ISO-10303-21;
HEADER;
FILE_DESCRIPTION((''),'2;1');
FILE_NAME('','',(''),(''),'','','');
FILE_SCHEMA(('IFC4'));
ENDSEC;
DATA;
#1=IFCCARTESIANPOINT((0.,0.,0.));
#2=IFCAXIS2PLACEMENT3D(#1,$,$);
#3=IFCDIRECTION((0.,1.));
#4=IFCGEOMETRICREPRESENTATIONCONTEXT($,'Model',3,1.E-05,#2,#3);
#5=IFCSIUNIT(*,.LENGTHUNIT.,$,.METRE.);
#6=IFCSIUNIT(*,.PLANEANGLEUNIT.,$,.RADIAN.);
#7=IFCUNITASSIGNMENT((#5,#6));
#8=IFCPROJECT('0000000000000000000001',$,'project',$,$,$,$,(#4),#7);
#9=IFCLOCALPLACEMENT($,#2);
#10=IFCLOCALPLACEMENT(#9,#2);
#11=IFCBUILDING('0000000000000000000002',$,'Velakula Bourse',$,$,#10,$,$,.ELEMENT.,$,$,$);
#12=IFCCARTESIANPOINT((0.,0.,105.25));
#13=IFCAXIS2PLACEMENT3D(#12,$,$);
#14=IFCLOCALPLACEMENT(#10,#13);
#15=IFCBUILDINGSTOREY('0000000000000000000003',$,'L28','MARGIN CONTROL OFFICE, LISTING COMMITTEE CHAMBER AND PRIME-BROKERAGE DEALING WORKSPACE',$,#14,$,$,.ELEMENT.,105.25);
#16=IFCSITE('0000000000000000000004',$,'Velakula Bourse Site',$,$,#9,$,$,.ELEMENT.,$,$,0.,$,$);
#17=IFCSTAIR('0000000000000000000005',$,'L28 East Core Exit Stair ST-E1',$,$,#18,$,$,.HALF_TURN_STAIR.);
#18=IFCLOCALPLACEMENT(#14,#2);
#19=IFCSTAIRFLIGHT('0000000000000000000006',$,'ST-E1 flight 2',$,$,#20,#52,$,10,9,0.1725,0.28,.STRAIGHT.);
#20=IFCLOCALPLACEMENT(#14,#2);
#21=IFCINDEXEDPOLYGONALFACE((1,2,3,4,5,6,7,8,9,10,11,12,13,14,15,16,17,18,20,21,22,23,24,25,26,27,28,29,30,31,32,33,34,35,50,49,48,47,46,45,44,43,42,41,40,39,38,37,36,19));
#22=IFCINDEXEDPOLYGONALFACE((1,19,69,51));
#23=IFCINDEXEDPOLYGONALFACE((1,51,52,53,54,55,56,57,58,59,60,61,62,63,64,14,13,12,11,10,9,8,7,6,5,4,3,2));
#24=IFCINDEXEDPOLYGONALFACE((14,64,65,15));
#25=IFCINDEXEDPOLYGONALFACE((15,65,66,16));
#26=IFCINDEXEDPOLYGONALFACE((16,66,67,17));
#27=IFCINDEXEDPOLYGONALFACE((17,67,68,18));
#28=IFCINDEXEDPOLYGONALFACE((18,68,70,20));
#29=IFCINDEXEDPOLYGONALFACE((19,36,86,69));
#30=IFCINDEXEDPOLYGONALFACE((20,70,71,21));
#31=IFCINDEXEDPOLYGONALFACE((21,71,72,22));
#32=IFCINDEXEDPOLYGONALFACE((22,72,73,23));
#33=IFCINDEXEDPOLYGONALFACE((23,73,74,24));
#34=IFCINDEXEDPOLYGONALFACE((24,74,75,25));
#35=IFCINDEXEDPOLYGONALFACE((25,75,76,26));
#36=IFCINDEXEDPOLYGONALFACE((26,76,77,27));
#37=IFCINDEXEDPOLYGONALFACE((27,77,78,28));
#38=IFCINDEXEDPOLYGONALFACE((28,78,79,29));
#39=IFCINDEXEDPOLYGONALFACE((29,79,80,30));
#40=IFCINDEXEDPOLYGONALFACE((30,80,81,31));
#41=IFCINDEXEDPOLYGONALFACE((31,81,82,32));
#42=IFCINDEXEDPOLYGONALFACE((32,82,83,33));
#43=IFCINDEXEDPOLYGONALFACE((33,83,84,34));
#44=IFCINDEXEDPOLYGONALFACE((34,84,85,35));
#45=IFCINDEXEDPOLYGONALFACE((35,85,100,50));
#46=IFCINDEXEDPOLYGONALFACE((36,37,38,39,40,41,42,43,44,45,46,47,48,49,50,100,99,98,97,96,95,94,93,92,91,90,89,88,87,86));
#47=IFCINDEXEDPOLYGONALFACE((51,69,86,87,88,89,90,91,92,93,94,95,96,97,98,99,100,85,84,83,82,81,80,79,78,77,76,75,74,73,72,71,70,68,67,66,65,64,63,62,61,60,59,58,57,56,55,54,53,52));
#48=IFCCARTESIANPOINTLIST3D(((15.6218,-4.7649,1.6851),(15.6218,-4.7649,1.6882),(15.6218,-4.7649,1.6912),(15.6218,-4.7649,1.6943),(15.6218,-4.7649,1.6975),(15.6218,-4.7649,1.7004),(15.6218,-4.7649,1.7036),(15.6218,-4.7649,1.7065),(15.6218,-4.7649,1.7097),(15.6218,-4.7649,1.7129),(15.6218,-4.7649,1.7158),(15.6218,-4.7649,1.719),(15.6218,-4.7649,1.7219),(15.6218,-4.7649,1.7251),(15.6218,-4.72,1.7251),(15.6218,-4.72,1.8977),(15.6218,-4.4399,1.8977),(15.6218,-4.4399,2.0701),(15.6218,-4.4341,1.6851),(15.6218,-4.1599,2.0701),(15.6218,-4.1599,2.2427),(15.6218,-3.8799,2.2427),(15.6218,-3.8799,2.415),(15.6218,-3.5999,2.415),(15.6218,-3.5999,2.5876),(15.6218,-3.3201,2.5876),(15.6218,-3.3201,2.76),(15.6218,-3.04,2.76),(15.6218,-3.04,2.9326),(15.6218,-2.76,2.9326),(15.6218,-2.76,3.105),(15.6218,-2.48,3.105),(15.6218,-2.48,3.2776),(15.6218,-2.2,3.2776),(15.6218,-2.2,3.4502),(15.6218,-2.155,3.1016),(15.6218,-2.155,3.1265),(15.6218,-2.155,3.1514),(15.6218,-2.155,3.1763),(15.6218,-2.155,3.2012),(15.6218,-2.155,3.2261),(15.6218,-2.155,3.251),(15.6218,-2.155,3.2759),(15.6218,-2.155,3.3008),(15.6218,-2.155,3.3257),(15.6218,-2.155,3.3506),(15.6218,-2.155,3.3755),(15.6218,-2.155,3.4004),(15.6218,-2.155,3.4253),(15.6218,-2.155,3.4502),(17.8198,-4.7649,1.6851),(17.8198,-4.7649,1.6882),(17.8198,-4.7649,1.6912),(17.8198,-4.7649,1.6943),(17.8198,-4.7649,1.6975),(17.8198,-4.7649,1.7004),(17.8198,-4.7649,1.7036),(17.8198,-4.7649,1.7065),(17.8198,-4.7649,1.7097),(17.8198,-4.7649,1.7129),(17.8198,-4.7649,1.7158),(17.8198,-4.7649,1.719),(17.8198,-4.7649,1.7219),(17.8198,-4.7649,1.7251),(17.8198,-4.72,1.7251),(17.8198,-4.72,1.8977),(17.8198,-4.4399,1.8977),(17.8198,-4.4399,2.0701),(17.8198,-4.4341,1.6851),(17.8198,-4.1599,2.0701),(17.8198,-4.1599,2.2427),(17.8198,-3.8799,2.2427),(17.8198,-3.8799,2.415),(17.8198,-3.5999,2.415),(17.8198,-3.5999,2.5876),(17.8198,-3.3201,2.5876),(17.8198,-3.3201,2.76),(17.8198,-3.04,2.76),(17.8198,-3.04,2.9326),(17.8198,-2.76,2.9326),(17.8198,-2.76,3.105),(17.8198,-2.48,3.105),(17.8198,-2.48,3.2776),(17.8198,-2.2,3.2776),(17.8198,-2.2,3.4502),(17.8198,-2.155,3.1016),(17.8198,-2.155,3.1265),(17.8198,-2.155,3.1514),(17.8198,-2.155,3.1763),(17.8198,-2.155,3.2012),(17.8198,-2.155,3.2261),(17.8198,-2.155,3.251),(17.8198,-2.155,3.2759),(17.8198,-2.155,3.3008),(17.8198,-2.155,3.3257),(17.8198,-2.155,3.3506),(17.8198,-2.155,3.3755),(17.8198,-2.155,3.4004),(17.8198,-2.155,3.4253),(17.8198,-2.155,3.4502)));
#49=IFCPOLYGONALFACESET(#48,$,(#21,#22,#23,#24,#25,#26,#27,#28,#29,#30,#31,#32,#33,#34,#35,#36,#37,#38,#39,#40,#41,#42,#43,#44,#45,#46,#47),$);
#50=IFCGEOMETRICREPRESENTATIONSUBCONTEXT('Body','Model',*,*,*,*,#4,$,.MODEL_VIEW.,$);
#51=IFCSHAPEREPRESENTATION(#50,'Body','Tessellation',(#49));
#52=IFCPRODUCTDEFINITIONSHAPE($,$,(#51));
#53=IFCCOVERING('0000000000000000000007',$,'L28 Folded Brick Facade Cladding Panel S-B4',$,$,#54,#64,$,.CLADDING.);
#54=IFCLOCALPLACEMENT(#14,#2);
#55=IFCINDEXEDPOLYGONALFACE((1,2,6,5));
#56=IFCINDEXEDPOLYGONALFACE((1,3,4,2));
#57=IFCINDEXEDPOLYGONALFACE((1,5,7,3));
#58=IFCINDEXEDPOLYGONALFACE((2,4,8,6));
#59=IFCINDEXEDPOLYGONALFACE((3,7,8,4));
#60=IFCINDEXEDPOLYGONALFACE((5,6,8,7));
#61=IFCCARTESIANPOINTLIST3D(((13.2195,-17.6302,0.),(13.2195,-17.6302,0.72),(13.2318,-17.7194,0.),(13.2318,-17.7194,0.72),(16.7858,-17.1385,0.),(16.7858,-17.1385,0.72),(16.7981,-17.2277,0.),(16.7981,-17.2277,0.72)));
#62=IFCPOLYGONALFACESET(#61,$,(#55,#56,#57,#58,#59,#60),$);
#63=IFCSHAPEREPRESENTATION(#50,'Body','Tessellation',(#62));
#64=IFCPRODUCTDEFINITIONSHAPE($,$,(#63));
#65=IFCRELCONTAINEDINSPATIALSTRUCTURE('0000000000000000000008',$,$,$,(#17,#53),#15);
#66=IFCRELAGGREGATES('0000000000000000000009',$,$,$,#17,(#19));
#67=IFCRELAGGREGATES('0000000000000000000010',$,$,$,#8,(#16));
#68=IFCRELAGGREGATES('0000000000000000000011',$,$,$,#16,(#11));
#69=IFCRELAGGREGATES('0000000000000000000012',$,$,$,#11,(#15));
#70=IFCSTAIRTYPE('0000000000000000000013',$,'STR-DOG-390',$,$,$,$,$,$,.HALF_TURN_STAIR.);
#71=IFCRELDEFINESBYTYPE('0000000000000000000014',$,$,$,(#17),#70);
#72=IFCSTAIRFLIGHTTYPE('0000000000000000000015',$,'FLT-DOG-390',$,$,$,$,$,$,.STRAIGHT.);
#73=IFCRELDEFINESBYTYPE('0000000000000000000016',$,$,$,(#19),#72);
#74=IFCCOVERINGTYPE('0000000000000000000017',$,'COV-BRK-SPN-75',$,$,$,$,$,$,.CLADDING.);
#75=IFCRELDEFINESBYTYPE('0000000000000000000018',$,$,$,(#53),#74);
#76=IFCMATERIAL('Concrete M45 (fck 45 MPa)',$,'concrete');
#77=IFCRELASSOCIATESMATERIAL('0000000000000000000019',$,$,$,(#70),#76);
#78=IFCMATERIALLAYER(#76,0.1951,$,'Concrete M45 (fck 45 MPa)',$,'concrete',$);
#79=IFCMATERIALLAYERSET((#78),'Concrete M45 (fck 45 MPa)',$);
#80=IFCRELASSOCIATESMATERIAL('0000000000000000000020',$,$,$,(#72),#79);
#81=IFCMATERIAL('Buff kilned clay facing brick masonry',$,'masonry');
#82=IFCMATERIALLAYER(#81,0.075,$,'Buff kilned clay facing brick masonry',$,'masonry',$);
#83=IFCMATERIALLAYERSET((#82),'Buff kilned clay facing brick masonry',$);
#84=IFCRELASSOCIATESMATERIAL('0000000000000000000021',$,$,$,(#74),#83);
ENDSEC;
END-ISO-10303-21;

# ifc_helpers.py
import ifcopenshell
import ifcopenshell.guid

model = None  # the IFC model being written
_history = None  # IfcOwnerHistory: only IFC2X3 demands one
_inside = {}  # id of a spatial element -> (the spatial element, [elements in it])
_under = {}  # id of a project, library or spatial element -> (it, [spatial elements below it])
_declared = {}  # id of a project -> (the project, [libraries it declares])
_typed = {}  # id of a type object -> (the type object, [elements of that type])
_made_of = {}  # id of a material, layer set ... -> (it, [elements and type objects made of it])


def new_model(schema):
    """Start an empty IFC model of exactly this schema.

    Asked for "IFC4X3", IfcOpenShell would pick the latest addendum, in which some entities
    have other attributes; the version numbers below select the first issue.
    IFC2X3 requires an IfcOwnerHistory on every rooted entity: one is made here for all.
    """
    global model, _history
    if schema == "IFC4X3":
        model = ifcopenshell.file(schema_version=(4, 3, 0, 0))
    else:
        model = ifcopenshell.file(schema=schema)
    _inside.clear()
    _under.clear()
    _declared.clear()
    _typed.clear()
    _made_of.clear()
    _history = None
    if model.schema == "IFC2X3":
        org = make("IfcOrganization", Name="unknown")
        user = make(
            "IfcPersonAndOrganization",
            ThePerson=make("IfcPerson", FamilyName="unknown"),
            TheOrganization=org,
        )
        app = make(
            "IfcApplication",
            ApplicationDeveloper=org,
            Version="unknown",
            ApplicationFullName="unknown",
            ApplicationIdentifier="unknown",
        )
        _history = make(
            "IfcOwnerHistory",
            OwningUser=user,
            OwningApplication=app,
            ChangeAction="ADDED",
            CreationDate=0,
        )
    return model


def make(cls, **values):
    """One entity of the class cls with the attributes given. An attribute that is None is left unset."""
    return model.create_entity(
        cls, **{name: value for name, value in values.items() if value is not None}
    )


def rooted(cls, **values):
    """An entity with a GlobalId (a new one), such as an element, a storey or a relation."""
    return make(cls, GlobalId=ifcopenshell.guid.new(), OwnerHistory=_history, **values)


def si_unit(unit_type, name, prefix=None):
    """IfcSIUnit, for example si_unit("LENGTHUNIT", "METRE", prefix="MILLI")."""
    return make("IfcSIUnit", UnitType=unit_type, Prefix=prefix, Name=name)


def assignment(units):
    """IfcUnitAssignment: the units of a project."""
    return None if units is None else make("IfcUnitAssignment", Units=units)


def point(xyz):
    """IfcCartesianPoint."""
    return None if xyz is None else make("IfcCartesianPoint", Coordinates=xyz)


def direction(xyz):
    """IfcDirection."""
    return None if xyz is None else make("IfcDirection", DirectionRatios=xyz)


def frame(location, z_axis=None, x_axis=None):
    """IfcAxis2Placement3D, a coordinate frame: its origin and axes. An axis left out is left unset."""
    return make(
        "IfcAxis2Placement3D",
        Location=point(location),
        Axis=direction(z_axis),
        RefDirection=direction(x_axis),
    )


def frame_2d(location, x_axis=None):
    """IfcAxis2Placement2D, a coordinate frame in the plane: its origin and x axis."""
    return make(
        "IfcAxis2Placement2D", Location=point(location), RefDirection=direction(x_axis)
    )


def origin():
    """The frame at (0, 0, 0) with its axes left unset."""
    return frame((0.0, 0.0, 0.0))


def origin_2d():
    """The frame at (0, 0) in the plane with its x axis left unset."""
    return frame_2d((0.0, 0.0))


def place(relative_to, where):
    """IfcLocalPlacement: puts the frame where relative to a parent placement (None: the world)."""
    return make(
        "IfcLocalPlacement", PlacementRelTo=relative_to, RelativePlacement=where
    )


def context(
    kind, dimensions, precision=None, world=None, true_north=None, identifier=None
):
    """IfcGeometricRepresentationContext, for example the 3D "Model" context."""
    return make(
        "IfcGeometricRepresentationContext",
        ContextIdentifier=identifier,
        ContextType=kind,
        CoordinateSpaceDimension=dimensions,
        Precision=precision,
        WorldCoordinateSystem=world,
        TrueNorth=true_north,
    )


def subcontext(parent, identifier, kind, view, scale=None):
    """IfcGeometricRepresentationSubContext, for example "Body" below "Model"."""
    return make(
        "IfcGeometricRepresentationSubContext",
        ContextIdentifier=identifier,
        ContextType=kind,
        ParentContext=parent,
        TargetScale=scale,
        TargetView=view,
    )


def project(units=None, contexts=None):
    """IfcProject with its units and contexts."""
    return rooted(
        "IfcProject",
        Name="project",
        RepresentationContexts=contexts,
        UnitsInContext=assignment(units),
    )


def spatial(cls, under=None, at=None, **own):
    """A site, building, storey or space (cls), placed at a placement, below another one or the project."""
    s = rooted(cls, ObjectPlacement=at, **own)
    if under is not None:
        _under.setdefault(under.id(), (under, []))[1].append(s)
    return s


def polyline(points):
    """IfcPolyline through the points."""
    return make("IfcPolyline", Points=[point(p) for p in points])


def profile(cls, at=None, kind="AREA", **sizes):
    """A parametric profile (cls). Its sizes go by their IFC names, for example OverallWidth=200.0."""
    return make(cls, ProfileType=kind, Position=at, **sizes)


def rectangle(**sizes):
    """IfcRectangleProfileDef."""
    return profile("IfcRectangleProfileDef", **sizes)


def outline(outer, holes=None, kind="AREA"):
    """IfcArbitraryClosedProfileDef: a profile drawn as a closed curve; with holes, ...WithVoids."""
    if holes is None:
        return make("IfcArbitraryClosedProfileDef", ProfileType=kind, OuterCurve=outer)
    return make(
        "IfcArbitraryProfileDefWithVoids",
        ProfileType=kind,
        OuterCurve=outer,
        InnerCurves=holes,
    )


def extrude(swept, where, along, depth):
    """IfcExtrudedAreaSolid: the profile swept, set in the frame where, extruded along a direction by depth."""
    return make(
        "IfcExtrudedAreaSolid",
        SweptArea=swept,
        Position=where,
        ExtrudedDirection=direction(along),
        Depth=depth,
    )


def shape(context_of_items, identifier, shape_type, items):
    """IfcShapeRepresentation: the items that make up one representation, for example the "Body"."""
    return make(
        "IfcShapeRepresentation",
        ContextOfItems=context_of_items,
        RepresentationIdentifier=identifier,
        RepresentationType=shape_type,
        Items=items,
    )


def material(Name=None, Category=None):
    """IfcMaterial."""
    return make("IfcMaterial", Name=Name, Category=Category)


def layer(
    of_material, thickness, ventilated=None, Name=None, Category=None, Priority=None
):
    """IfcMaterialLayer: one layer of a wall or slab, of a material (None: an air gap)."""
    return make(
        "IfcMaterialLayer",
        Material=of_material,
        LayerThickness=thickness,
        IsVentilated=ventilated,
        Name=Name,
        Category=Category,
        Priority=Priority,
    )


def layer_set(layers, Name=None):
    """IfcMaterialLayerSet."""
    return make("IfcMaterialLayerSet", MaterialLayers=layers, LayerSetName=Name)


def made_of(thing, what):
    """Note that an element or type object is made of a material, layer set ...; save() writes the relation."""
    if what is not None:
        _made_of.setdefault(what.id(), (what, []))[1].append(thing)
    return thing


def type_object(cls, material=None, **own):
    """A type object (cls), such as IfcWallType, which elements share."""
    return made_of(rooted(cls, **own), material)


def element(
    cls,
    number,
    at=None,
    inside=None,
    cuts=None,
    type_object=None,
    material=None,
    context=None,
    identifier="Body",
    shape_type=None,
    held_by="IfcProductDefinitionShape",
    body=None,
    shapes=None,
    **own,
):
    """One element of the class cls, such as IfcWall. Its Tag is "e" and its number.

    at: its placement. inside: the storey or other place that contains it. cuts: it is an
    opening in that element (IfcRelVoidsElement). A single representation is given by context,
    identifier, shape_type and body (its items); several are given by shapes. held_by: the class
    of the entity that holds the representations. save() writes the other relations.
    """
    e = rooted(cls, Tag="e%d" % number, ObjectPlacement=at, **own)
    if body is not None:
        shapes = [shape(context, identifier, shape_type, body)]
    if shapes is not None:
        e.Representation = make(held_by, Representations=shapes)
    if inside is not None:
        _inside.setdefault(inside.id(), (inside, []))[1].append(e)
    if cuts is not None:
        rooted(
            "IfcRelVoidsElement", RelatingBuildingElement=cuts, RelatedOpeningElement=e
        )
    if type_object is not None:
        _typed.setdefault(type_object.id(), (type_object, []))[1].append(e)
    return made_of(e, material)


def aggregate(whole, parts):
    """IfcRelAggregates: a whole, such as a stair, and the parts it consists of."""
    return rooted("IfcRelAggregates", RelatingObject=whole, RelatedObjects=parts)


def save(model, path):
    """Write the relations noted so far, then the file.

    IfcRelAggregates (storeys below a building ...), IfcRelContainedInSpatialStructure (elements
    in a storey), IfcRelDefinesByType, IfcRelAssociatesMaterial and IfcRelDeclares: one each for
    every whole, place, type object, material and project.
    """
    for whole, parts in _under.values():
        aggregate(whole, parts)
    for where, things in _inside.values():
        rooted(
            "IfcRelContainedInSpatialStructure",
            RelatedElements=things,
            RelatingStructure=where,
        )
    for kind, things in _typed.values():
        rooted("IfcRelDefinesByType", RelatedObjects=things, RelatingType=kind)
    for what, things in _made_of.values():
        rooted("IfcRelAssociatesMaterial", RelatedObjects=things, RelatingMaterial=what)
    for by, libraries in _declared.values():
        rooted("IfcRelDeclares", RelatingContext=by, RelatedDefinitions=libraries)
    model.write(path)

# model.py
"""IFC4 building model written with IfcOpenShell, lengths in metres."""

from ifc_helpers import new_model, si_unit, direction, frame, origin, origin_2d, place, context, subcontext, project, spatial, polyline, rectangle, outline, extrude, material, layer, layer_set, type_object, element, aggregate, save


model = new_model("IFC4")

# Units and contexts
model_context = context("Model", 3, precision=1e-05, world=origin(), true_north=direction((0.0, 1.0)))
body_context = subcontext(model_context, "Body", "Model", "MODEL_VIEW")
ifc_project = project(units=[si_unit("LENGTHUNIT", "METRE"), si_unit("PLANEANGLEUNIT", "RADIAN")], contexts=[model_context])

# Site, building, storey
site_placement = place(None, origin())
site = spatial("IfcSite", under=ifc_project, at=site_placement, Name="Velakula Bourse Site", CompositionType="ELEMENT", RefElevation=0.0)
building_placement = place(site_placement, origin())
building = spatial("IfcBuilding", under=site, at=building_placement, Name="Velakula Bourse", CompositionType="ELEMENT")
storey_placement = place(building_placement, frame((0.0, 0.0, 105.25)))
storey = spatial("IfcBuildingStorey", under=building, at=storey_placement, Name="L28", Description="MARGIN CONTROL OFFICE, LISTING COMMITTEE CHAMBER AND PRIME-BROKERAGE DEALING WORKSPACE", CompositionType="ELEMENT", Elevation=105.25)

# Stair, stair flight
ifc_material_1 = material(Name="Concrete M45 (fck 45 MPa)", Category="concrete")
stair_type = type_object("IfcStairType", Name="STR-DOG-390", PredefinedType="HALF_TURN_STAIR", material=ifc_material_1)
stair_placement = place(storey_placement, origin())
stair = element("IfcStair", 1, at=stair_placement, inside=storey, type_object=stair_type, Name="L28 East Core Exit Stair ST-E1", PredefinedType="HALF_TURN_STAIR")
ifc_layer_1 = layer(ifc_material_1, 0.1951, Name="Concrete M45 (fck 45 MPa)", Category="concrete")
ifc_layer_set_1 = layer_set([ifc_layer_1], Name="Concrete M45 (fck 45 MPa)")
stair_flight_type = type_object("IfcStairFlightType", Name="FLT-DOG-390", PredefinedType="STRAIGHT", material=ifc_layer_set_1)
stair_flight_1_placement = place(storey_placement, frame((16.7209, -4.72, 1.7251), z_axis=(0.0, 0.0, 1.0), x_axis=(0.0, 1.0, 0.0)))
stair_flight_1 = element("IfcStairFlight", 2, at=stair_flight_1_placement, type_object=stair_flight_type, Name="ST-E1 flight 2", NumberOfRisers=10, NumberOfTreads=9, PredefinedType="STRAIGHT", RiserHeight=0.1725, TreadLength=0.28, context=body_context, shape_type="SweptSolid", body=[
    extrude(outline(polyline([(-0.0449, -0.04), (-0.0449, -0.0369), (-0.0449, -0.0339), (-0.0449, -0.0308), (-0.0449, -0.0276), (-0.0449, -0.0247), (-0.0449, -0.0215), (-0.0449, -0.0186), (-0.0449, -0.0154), (-0.0449, -0.0122), (-0.0449, -0.0093), (-0.0449, -0.0061), (-0.0449, -0.0032), (-0.0449, 0.0), (0.0, 0.0), (0.0, 0.1726), (0.28, 0.1726), (0.28, 0.345), (0.5601, 0.345), (0.5601, 0.5176), (0.8401, 0.5176), (0.8401, 0.6899), (1.1201, 0.6899), (1.1201, 0.8625), (1.3999, 0.8625), (1.3999, 1.0349), (1.6799, 1.0349), (1.6799, 1.2075), (1.96, 1.2075), (1.96, 1.3799), (2.24, 1.3799), (2.24, 1.5525), (2.52, 1.5525), (2.52, 1.7251), (2.5649, 1.7251), (2.5649, 1.7002), (2.5649, 1.6753), (2.5649, 1.6504), (2.5649, 1.6255), (2.5649, 1.6006), (2.5649, 1.5757), (2.5649, 1.5508), (2.5649, 1.5259), (2.5649, 1.501), (2.5649, 1.4761), (2.5649, 1.4512), (2.5649, 1.4263), (2.5649, 1.4014), (2.5649, 1.3765), (0.2859, -0.04), (-0.0449, -0.04)])), frame((0.0, 1.0991, 0.0), z_axis=(0.0, -1.0, 0.0), x_axis=(1.0, 0.0, 0.0)), (0.0, 0.0, 1.0), 2.198),
])
aggregate(stair, [stair_flight_1])

# Covering
ifc_material_2 = material(Name="Buff kilned clay facing brick masonry", Category="masonry")
ifc_layer_2 = layer(ifc_material_2, 0.075, Name="Buff kilned clay facing brick masonry", Category="masonry")
ifc_layer_set_2 = layer_set([ifc_layer_2], Name="Buff kilned clay facing brick masonry")
covering_type = type_object("IfcCoveringType", Name="COV-BRK-SPN-75", PredefinedType="CLADDING", material=ifc_layer_set_2)
covering_placement = place(storey_placement, frame((15.0088, -17.429, 0.0), z_axis=(0.0, 0.0, 1.0), x_axis=(0.990629, 0.13658, 0.0)))
element("IfcCovering", 3, at=covering_placement, inside=storey, type_object=covering_type, Name="L28 Folded Brick Facade Cladding Panel S-B4", PredefinedType="CLADDING", context=body_context, shape_type="SweptSolid", body=[
    extrude(rectangle(XDim=3.6001, YDim=0.0901, at=origin_2d()), origin(), (0.0, 0.0, 1.0), 0.72),
])

save(model, "model.ifc")
